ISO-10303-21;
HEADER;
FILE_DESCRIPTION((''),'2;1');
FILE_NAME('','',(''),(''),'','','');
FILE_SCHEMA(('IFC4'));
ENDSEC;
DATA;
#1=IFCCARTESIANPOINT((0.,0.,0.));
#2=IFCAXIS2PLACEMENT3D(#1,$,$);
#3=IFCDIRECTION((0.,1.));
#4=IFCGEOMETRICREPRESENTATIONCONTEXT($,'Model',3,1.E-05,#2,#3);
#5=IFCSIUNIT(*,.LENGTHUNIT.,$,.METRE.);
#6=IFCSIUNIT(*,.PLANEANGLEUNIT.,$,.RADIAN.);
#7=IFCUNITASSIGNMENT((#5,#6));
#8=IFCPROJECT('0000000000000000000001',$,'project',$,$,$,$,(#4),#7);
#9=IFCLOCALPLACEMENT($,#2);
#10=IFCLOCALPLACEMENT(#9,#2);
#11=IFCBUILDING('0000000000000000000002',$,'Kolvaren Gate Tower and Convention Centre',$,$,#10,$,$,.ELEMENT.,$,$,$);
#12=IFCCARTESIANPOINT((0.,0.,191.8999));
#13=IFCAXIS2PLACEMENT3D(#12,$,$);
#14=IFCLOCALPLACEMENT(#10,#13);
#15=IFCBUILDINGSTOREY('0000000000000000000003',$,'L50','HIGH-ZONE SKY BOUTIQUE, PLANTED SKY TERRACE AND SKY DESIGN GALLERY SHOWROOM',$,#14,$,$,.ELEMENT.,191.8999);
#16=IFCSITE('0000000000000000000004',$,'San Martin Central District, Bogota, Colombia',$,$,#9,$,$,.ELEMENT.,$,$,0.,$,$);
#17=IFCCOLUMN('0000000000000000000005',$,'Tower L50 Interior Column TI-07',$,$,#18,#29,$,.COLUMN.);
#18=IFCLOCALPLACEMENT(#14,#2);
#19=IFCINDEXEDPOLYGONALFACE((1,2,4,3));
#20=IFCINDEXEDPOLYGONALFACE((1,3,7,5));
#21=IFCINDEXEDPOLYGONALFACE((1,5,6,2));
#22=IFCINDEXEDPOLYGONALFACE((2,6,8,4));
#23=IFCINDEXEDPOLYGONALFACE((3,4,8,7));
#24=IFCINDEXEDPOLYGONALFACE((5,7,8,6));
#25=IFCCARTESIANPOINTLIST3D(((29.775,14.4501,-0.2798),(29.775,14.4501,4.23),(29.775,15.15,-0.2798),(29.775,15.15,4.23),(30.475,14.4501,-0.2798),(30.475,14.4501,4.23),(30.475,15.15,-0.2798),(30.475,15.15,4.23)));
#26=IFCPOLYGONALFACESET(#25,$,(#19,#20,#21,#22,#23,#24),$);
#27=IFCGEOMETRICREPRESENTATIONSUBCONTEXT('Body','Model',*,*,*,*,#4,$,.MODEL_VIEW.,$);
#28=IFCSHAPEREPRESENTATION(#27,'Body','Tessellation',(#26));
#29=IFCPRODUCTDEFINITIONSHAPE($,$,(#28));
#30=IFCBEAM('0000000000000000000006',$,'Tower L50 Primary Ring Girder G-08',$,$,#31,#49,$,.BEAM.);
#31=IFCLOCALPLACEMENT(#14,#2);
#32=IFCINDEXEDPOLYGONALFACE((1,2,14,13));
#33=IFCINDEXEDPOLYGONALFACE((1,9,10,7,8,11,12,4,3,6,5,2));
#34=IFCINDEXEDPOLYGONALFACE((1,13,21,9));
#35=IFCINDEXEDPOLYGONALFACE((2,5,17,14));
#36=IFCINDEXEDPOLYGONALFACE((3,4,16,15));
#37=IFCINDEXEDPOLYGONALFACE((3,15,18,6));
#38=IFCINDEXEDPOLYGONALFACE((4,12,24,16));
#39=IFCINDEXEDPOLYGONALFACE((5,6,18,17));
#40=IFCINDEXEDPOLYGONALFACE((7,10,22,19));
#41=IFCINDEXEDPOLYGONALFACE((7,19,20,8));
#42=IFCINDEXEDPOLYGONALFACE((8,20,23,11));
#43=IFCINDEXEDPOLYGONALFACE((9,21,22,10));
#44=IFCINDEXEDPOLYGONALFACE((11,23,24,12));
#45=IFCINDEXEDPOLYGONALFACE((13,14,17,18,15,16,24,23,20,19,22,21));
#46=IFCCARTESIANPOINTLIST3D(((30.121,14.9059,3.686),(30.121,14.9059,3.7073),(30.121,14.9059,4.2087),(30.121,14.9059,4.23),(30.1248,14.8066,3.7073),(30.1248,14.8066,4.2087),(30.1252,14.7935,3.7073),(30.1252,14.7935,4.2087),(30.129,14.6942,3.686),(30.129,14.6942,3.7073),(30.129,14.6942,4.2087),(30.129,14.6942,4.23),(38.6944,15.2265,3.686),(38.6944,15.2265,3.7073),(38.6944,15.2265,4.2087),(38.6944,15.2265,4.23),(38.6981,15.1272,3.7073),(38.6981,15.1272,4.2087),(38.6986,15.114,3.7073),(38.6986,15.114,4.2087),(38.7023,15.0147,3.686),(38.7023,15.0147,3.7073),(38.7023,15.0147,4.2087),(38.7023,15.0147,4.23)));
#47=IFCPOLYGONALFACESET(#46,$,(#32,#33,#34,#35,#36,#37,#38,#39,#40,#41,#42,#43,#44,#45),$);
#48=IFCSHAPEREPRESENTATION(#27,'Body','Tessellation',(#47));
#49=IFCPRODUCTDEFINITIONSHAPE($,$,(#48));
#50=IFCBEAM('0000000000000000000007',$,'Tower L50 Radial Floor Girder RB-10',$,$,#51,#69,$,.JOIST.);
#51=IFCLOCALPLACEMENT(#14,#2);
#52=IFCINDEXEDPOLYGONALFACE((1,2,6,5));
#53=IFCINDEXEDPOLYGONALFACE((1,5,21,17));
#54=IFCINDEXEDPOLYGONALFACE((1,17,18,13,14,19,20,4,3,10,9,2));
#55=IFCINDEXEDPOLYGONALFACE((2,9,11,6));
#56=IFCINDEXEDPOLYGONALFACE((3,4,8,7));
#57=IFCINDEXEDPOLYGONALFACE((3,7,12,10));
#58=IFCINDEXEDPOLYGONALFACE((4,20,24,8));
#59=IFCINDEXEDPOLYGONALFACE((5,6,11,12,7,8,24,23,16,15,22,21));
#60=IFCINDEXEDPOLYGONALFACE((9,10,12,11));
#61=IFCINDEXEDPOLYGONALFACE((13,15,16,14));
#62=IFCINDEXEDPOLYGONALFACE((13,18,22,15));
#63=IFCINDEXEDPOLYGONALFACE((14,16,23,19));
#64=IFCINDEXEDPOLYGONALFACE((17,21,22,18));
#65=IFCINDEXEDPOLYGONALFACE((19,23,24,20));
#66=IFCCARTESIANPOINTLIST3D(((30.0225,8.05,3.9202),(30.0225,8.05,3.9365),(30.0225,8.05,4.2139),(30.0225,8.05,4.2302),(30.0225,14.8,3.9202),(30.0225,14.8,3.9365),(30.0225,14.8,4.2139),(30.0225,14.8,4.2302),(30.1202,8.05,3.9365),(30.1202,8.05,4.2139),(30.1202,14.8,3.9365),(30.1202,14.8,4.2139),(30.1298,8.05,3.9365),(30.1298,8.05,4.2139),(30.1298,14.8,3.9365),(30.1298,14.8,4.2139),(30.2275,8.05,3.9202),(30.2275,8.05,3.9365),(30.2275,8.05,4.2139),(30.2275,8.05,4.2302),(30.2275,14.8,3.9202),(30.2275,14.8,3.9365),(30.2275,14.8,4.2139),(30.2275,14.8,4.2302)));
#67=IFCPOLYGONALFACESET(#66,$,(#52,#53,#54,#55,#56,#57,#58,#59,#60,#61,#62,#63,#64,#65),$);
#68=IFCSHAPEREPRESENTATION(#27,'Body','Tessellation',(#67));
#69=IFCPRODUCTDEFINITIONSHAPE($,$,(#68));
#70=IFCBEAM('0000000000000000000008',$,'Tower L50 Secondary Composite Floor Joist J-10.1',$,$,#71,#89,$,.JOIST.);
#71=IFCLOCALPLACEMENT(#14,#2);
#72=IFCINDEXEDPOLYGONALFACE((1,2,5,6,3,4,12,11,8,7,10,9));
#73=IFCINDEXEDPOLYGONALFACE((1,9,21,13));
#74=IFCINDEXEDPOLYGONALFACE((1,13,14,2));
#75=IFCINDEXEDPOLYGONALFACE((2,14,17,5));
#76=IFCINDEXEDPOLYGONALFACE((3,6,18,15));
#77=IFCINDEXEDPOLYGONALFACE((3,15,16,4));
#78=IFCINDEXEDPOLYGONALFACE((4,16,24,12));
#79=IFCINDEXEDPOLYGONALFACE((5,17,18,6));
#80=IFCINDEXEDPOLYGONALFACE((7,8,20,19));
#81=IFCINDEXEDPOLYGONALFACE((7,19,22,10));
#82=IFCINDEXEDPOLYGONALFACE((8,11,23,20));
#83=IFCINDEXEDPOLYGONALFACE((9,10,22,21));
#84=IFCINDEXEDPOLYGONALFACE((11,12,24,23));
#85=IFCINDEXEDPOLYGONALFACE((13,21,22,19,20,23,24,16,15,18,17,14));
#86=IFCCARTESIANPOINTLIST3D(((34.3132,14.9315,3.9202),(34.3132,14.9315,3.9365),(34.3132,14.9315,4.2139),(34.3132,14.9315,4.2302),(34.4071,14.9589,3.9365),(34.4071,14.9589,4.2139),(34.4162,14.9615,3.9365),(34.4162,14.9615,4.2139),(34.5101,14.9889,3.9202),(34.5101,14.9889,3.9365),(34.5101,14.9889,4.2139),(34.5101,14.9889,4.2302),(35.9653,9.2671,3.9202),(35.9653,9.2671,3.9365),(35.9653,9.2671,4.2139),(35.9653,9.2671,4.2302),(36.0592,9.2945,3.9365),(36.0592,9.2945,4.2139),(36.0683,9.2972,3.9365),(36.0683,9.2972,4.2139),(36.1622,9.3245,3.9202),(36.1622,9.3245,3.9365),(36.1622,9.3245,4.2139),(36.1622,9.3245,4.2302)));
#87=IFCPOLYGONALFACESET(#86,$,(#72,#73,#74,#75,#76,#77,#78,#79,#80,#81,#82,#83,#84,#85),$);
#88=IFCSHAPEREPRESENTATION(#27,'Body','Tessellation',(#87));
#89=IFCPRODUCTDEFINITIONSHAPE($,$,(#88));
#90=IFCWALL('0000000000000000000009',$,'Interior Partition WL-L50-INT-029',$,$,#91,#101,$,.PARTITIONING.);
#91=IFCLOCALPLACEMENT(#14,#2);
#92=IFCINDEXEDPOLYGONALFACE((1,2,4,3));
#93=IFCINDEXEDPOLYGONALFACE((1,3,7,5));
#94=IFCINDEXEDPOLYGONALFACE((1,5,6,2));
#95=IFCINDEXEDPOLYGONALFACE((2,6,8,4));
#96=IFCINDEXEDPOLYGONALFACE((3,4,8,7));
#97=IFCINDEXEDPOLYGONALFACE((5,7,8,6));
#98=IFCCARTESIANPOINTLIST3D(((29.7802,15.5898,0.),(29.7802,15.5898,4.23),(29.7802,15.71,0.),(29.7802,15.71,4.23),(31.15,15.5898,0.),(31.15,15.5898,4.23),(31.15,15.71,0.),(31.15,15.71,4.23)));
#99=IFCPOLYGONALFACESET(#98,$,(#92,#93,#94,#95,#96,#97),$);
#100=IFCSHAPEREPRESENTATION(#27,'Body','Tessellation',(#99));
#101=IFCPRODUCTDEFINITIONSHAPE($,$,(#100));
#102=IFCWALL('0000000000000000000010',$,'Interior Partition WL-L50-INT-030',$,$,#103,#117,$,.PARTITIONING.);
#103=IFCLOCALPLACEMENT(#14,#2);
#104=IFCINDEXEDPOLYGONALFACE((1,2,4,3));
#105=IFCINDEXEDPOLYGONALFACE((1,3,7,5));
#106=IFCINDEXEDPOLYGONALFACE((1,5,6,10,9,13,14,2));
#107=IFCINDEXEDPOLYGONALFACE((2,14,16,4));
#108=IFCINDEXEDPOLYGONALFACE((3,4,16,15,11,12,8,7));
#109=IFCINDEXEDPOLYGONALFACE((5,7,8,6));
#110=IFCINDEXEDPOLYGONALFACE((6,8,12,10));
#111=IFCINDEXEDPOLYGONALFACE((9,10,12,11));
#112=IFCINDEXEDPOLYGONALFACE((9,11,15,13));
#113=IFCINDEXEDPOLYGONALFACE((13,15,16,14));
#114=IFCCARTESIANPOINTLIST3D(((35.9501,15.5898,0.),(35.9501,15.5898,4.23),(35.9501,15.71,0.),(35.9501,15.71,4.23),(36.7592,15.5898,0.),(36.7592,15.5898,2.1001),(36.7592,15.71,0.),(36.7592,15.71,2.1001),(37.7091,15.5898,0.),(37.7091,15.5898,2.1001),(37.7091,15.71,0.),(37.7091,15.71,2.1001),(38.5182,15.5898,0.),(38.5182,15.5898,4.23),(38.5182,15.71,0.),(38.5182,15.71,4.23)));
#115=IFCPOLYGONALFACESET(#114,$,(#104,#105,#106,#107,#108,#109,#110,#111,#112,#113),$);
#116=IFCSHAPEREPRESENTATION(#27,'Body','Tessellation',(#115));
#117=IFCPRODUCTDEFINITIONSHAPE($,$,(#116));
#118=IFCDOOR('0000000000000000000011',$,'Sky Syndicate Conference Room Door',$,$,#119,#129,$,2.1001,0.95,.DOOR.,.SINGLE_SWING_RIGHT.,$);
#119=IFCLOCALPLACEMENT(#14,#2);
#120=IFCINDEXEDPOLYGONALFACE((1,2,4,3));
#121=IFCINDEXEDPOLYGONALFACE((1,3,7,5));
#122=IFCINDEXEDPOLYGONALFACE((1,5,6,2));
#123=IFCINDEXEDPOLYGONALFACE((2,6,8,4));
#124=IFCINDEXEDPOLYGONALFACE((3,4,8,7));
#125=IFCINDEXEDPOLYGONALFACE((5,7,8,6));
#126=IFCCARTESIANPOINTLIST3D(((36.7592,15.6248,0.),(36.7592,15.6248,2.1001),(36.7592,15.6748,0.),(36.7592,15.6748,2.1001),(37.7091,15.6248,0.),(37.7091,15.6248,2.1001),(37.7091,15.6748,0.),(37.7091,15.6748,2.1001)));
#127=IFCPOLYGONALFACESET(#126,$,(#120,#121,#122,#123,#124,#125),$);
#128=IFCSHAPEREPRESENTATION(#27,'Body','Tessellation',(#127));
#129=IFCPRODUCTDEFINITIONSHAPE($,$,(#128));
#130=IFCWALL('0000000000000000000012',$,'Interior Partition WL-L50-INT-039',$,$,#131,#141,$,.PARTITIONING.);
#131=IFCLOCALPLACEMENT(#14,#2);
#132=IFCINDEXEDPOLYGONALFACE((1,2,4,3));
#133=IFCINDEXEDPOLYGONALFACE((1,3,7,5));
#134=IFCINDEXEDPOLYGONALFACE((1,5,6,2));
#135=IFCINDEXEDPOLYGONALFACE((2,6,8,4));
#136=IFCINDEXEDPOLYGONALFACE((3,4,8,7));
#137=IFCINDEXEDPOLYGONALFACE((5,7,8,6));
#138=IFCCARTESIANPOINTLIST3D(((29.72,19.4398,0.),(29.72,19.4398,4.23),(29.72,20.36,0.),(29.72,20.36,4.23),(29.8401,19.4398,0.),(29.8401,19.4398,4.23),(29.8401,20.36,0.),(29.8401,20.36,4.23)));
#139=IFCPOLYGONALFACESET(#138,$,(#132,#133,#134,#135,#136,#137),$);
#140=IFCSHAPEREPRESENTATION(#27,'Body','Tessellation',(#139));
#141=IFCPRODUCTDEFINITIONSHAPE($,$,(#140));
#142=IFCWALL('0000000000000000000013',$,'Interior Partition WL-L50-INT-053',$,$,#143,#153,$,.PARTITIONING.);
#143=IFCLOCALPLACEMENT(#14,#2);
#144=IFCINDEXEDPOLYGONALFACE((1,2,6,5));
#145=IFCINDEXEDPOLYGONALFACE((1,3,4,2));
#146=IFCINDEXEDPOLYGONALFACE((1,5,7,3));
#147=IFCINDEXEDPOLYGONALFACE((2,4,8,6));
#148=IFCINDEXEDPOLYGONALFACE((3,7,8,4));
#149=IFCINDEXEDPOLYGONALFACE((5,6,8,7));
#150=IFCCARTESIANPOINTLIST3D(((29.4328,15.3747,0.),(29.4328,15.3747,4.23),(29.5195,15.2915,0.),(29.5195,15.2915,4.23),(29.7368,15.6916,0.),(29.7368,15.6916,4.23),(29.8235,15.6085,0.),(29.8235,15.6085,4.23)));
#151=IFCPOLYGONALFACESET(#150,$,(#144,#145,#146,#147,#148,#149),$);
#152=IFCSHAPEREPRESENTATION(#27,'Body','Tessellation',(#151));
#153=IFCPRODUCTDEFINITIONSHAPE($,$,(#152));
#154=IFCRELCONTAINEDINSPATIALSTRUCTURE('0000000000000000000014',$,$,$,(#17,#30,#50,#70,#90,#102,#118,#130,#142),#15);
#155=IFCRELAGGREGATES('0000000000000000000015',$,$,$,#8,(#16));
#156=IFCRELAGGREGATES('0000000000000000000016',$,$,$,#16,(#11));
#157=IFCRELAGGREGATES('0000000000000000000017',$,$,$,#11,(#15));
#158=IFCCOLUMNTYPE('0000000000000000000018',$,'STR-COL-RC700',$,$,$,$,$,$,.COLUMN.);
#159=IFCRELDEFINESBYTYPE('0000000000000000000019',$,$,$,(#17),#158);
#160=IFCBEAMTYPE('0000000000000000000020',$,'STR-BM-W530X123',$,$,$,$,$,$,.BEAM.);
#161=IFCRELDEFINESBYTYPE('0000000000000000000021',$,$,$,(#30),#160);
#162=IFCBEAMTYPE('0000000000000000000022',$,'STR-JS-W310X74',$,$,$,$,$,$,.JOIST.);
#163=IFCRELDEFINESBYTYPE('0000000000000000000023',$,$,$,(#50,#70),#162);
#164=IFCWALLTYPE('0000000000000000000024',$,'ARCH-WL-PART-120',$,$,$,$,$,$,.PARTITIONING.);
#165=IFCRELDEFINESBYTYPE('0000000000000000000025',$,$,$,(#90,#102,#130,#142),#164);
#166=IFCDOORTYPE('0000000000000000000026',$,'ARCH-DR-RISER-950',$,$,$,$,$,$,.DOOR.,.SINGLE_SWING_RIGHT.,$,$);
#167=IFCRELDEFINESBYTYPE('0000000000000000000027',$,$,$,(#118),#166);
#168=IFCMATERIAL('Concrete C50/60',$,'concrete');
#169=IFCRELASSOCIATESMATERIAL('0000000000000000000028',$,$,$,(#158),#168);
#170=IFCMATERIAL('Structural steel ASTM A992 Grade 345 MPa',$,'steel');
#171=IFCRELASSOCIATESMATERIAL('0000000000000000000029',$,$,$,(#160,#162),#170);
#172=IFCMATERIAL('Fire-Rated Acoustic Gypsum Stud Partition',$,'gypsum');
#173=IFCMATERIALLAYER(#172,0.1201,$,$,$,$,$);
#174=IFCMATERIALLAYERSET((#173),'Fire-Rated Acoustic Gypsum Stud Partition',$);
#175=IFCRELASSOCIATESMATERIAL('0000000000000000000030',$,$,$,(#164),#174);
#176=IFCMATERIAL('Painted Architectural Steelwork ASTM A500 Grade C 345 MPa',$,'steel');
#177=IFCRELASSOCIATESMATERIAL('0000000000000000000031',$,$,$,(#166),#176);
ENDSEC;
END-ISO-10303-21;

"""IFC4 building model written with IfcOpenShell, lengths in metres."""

from ifc_helpers import new_model, si_unit, direction, frame, frame_2d, origin, origin_2d, place, context, subcontext, project, spatial, rectangle, i_section, extrude, material, layer, layer_set, material_profile, profile_set, type_object, element, fill, save


model = new_model("IFC4")

# Units and contexts
model_context = context("Model", 3, precision=1e-05, world=origin(), true_north=direction((0.0, 1.0)))
body_context = subcontext(model_context, "Body", "Model", "MODEL_VIEW")
ifc_project = project(units=[si_unit("LENGTHUNIT", "METRE"), si_unit("PLANEANGLEUNIT", "RADIAN")], contexts=[model_context])

# Site, building, storey
site_placement = place(None, origin())
site = spatial("IfcSite", under=ifc_project, at=site_placement, Name="San Martin Central District, Bogota, Colombia", CompositionType="ELEMENT", RefElevation=0.0)
building_placement = place(site_placement, origin())
building = spatial("IfcBuilding", under=site, at=building_placement, Name="Kolvaren Gate Tower and Convention Centre", CompositionType="ELEMENT")
storey_placement = place(building_placement, frame((0.0, 0.0, 191.8999)))
storey = spatial("IfcBuildingStorey", under=building, at=storey_placement, Name="L50", Description="HIGH-ZONE SKY BOUTIQUE, PLANTED SKY TERRACE AND SKY DESIGN GALLERY SHOWROOM", CompositionType="ELEMENT", Elevation=191.8999)

# Column
ifc_material_1 = material(Name="Concrete C50/60", Category="concrete")
ifc_material_profile_1 = material_profile(ifc_material_1, rectangle(XDim=0.7, YDim=0.7, at=origin_2d()), Name="RC-COL-700X700")
ifc_profile_set_1 = profile_set([ifc_material_profile_1], Name="Concrete C50/60")
column_type = type_object("IfcColumnType", Name="STR-COL-RC700", PredefinedType="COLUMN", material=ifc_profile_set_1)
column_placement = place(storey_placement, frame((30.125, 14.8, -0.2798), z_axis=(0.0, 0.0, 1.0), x_axis=(1.0, 0.0, 0.0)))
element("IfcColumn", 1, at=column_placement, inside=storey, type_object=column_type, Name="Tower L50 Interior Column TI-07", PredefinedType="COLUMN", context=body_context, shape_type="SweptSolid", body=[
    extrude(rectangle(XDim=0.7, YDim=0.7, at=origin_2d()), origin(), (0.0, 0.0, 1.0), 4.5098),
])

# Beams
ifc_material_2 = material(Name="Structural steel ASTM A992 Grade 345 MPa", Category="steel")
ifc_material_profile_2 = material_profile(ifc_material_2, i_section(OverallWidth=0.2119, OverallDepth=0.5439, WebThickness=0.0132, FlangeThickness=0.0212, at=origin_2d()), Name="W530X123")
ifc_profile_set_2 = profile_set([ifc_material_profile_2], Name="Structural steel ASTM A992 Grade 345 MPa")
beam_type_1 = type_object("IfcBeamType", Name="STR-BM-W530X123", PredefinedType="BEAM", material=ifc_profile_set_2)
beam_1_placement = place(storey_placement, frame((30.125, 14.8, 3.958), z_axis=(0.999302, 0.037364, 0.0), x_axis=(-0.037364, 0.999302, 0.0)))
element("IfcBeam", 2, at=beam_1_placement, inside=storey, type_object=beam_type_1, Name="Tower L50 Primary Ring Girder G-08", PredefinedType="BEAM", context=body_context, shape_type="SweptSolid", body=[
    extrude(i_section(OverallWidth=0.2119, OverallDepth=0.5439, WebThickness=0.0132, FlangeThickness=0.0212, at=origin_2d()), origin(), (0.0, 0.0, 1.0), 8.5793),
])
ifc_material_profile_3 = material_profile(ifc_material_2, i_section(OverallWidth=0.2051, OverallDepth=0.3101, WebThickness=0.0095, FlangeThickness=0.0164, at=origin_2d()), Name="W310X74")
ifc_profile_set_3 = profile_set([ifc_material_profile_3], Name="Structural steel ASTM A992 Grade 345 MPa")
beam_type_2 = type_object("IfcBeamType", Name="STR-JS-W310X74", PredefinedType="JOIST", material=ifc_profile_set_3)
beam_2_placement = place(storey_placement, frame((30.125, 14.8, 4.0752), z_axis=(0.0, -1.0, 0.0), x_axis=(1.0, 0.0, 0.0)))
element("IfcBeam", 3, at=beam_2_placement, inside=storey, type_object=beam_type_2, Name="Tower L50 Radial Floor Girder RB-10", PredefinedType="JOIST", context=body_context, shape_type="SweptSolid", body=[
    extrude(i_section(OverallWidth=0.2051, OverallDepth=0.3101, WebThickness=0.0095, FlangeThickness=0.0164, at=origin_2d()), origin(), (0.0, 0.0, 1.0), 6.75),
])
beam_3_placement = place(storey_placement, frame((34.4116, 14.9602, 4.0752), z_axis=(0.280002, -0.96, 0.0), x_axis=(0.96, 0.280002, 0.0)))
element("IfcBeam", 4, at=beam_3_placement, inside=storey, type_object=beam_type_2, Name="Tower L50 Secondary Composite Floor Joist J-10.1", PredefinedType="JOIST", context=body_context, shape_type="SweptSolid", body=[
    extrude(i_section(OverallWidth=0.2051, OverallDepth=0.3101, WebThickness=0.0095, FlangeThickness=0.0164, at=origin_2d()), origin(), (0.0, 0.0, 1.0), 5.9004),
])

# Wall
ifc_material_3 = material(Name="Fire-Rated Acoustic Gypsum Stud Partition", Category="gypsum")
ifc_layer_1 = layer(ifc_material_3, 0.1201)
ifc_layer_set_1 = layer_set([ifc_layer_1], Name="Fire-Rated Acoustic Gypsum Stud Partition")
wall_type_1 = type_object("IfcWallType", Name="ARCH-WL-PART-120", PredefinedType="PARTITIONING", material=ifc_layer_set_1)
wall_1_placement = place(storey_placement, frame((29.78, 15.6499, 0.0), z_axis=(0.0, 0.0, 1.0), x_axis=(1.0, 0.0, 0.0)))
element("IfcWall", 5, at=wall_1_placement, inside=storey, type_object=wall_type_1, Name="Interior Partition WL-L50-INT-029", PredefinedType="PARTITIONING", context=body_context, shape_type="SweptSolid", body=[
    extrude(rectangle(XDim=1.3699, YDim=0.1201, at=frame_2d((0.6851, 0.0))), origin(), (0.0, 0.0, 1.0), 4.23),
])

# Wall, opening, door
wall_2_placement = place(storey_placement, frame((35.95, 15.6499, 0.0), z_axis=(0.0, 0.0, 1.0), x_axis=(1.0, 0.0, 0.0)))
wall_2 = element("IfcWall", 6, at=wall_2_placement, inside=storey, type_object=wall_type_1, Name="Interior Partition WL-L50-INT-030", PredefinedType="PARTITIONING", context=body_context, shape_type="SweptSolid", body=[
    extrude(rectangle(XDim=2.5681, YDim=0.1201, at=frame_2d((1.2842, 0.0))), origin(), (0.0, 0.0, 1.0), 4.23),
])
opening_1_placement = place(wall_2_placement, frame((0.8091, 0.0, 0.0)))
opening_1 = element("IfcOpeningElement", 7, at=opening_1_placement, cuts=wall_2, PredefinedType="OPENING", context=body_context, shape_type="SweptSolid", body=[
    extrude(rectangle(XDim=0.95, YDim=2.1001, at=frame_2d((0.4751, 1.05))), frame((0.0, 0.0701, 0.0), z_axis=(0.0, -1.0, 0.0), x_axis=(1.0, 0.0, 0.0)), (0.0, 0.0, 1.0), 0.1401),
])
ifc_material_4 = material(Name="Painted Architectural Steelwork ASTM A500 Grade C 345 MPa", Category="steel")
door_type_1 = type_object("IfcDoorType", Name="ARCH-DR-RISER-950", OperationType="SINGLE_SWING_RIGHT", PredefinedType="DOOR", material=ifc_material_4)
door_1_placement = place(opening_1_placement, origin())
door_1 = element("IfcDoor", 8, at=door_1_placement, inside=storey, type_object=door_type_1, Name="Sky Syndicate Conference Room Door", OperationType="SINGLE_SWING_RIGHT", OverallHeight=2.1001, OverallWidth=0.95, PredefinedType="DOOR", context=body_context, shape_type="SweptSolid", body=[
    extrude(rectangle(XDim=0.95, YDim=2.1001, at=frame_2d((0.4751, 1.05))), frame((0.0, 0.0249, 0.0), z_axis=(0.0, -1.0, 0.0), x_axis=(1.0, 0.0, 0.0)), (0.0, 0.0, 1.0), 0.05),
])
fill(opening_1, door_1)

# Walls
wall_3_placement = place(storey_placement, frame((29.78, 19.4399, 0.0), z_axis=(0.0, 0.0, 1.0), x_axis=(0.0, 1.0, 0.0)))
element("IfcWall", 9, at=wall_3_placement, inside=storey, type_object=wall_type_1, Name="Interior Partition WL-L50-INT-039", PredefinedType="PARTITIONING", context=body_context, shape_type="SweptSolid", body=[
    extrude(rectangle(XDim=0.9202, YDim=0.1201, at=frame_2d((0.46, 0.0))), origin(), (0.0, 0.0, 1.0), 4.23),
])
wall_4_placement = place(storey_placement, frame((29.4761, 15.333, 0.0), z_axis=(0.0, 0.0, 1.0), x_axis=(0.692219, 0.721687, 0.0)))
element("IfcWall", 10, at=wall_4_placement, inside=storey, type_object=wall_type_1, Name="Interior Partition WL-L50-INT-053", PredefinedType="PARTITIONING", context=body_context, shape_type="SweptSolid", body=[
    extrude(rectangle(XDim=0.4392, YDim=0.1201, at=frame_2d((0.2197, 0.0))), origin(), (0.0, 0.0, 1.0), 4.23),
])

save(model, "model.ifc")
